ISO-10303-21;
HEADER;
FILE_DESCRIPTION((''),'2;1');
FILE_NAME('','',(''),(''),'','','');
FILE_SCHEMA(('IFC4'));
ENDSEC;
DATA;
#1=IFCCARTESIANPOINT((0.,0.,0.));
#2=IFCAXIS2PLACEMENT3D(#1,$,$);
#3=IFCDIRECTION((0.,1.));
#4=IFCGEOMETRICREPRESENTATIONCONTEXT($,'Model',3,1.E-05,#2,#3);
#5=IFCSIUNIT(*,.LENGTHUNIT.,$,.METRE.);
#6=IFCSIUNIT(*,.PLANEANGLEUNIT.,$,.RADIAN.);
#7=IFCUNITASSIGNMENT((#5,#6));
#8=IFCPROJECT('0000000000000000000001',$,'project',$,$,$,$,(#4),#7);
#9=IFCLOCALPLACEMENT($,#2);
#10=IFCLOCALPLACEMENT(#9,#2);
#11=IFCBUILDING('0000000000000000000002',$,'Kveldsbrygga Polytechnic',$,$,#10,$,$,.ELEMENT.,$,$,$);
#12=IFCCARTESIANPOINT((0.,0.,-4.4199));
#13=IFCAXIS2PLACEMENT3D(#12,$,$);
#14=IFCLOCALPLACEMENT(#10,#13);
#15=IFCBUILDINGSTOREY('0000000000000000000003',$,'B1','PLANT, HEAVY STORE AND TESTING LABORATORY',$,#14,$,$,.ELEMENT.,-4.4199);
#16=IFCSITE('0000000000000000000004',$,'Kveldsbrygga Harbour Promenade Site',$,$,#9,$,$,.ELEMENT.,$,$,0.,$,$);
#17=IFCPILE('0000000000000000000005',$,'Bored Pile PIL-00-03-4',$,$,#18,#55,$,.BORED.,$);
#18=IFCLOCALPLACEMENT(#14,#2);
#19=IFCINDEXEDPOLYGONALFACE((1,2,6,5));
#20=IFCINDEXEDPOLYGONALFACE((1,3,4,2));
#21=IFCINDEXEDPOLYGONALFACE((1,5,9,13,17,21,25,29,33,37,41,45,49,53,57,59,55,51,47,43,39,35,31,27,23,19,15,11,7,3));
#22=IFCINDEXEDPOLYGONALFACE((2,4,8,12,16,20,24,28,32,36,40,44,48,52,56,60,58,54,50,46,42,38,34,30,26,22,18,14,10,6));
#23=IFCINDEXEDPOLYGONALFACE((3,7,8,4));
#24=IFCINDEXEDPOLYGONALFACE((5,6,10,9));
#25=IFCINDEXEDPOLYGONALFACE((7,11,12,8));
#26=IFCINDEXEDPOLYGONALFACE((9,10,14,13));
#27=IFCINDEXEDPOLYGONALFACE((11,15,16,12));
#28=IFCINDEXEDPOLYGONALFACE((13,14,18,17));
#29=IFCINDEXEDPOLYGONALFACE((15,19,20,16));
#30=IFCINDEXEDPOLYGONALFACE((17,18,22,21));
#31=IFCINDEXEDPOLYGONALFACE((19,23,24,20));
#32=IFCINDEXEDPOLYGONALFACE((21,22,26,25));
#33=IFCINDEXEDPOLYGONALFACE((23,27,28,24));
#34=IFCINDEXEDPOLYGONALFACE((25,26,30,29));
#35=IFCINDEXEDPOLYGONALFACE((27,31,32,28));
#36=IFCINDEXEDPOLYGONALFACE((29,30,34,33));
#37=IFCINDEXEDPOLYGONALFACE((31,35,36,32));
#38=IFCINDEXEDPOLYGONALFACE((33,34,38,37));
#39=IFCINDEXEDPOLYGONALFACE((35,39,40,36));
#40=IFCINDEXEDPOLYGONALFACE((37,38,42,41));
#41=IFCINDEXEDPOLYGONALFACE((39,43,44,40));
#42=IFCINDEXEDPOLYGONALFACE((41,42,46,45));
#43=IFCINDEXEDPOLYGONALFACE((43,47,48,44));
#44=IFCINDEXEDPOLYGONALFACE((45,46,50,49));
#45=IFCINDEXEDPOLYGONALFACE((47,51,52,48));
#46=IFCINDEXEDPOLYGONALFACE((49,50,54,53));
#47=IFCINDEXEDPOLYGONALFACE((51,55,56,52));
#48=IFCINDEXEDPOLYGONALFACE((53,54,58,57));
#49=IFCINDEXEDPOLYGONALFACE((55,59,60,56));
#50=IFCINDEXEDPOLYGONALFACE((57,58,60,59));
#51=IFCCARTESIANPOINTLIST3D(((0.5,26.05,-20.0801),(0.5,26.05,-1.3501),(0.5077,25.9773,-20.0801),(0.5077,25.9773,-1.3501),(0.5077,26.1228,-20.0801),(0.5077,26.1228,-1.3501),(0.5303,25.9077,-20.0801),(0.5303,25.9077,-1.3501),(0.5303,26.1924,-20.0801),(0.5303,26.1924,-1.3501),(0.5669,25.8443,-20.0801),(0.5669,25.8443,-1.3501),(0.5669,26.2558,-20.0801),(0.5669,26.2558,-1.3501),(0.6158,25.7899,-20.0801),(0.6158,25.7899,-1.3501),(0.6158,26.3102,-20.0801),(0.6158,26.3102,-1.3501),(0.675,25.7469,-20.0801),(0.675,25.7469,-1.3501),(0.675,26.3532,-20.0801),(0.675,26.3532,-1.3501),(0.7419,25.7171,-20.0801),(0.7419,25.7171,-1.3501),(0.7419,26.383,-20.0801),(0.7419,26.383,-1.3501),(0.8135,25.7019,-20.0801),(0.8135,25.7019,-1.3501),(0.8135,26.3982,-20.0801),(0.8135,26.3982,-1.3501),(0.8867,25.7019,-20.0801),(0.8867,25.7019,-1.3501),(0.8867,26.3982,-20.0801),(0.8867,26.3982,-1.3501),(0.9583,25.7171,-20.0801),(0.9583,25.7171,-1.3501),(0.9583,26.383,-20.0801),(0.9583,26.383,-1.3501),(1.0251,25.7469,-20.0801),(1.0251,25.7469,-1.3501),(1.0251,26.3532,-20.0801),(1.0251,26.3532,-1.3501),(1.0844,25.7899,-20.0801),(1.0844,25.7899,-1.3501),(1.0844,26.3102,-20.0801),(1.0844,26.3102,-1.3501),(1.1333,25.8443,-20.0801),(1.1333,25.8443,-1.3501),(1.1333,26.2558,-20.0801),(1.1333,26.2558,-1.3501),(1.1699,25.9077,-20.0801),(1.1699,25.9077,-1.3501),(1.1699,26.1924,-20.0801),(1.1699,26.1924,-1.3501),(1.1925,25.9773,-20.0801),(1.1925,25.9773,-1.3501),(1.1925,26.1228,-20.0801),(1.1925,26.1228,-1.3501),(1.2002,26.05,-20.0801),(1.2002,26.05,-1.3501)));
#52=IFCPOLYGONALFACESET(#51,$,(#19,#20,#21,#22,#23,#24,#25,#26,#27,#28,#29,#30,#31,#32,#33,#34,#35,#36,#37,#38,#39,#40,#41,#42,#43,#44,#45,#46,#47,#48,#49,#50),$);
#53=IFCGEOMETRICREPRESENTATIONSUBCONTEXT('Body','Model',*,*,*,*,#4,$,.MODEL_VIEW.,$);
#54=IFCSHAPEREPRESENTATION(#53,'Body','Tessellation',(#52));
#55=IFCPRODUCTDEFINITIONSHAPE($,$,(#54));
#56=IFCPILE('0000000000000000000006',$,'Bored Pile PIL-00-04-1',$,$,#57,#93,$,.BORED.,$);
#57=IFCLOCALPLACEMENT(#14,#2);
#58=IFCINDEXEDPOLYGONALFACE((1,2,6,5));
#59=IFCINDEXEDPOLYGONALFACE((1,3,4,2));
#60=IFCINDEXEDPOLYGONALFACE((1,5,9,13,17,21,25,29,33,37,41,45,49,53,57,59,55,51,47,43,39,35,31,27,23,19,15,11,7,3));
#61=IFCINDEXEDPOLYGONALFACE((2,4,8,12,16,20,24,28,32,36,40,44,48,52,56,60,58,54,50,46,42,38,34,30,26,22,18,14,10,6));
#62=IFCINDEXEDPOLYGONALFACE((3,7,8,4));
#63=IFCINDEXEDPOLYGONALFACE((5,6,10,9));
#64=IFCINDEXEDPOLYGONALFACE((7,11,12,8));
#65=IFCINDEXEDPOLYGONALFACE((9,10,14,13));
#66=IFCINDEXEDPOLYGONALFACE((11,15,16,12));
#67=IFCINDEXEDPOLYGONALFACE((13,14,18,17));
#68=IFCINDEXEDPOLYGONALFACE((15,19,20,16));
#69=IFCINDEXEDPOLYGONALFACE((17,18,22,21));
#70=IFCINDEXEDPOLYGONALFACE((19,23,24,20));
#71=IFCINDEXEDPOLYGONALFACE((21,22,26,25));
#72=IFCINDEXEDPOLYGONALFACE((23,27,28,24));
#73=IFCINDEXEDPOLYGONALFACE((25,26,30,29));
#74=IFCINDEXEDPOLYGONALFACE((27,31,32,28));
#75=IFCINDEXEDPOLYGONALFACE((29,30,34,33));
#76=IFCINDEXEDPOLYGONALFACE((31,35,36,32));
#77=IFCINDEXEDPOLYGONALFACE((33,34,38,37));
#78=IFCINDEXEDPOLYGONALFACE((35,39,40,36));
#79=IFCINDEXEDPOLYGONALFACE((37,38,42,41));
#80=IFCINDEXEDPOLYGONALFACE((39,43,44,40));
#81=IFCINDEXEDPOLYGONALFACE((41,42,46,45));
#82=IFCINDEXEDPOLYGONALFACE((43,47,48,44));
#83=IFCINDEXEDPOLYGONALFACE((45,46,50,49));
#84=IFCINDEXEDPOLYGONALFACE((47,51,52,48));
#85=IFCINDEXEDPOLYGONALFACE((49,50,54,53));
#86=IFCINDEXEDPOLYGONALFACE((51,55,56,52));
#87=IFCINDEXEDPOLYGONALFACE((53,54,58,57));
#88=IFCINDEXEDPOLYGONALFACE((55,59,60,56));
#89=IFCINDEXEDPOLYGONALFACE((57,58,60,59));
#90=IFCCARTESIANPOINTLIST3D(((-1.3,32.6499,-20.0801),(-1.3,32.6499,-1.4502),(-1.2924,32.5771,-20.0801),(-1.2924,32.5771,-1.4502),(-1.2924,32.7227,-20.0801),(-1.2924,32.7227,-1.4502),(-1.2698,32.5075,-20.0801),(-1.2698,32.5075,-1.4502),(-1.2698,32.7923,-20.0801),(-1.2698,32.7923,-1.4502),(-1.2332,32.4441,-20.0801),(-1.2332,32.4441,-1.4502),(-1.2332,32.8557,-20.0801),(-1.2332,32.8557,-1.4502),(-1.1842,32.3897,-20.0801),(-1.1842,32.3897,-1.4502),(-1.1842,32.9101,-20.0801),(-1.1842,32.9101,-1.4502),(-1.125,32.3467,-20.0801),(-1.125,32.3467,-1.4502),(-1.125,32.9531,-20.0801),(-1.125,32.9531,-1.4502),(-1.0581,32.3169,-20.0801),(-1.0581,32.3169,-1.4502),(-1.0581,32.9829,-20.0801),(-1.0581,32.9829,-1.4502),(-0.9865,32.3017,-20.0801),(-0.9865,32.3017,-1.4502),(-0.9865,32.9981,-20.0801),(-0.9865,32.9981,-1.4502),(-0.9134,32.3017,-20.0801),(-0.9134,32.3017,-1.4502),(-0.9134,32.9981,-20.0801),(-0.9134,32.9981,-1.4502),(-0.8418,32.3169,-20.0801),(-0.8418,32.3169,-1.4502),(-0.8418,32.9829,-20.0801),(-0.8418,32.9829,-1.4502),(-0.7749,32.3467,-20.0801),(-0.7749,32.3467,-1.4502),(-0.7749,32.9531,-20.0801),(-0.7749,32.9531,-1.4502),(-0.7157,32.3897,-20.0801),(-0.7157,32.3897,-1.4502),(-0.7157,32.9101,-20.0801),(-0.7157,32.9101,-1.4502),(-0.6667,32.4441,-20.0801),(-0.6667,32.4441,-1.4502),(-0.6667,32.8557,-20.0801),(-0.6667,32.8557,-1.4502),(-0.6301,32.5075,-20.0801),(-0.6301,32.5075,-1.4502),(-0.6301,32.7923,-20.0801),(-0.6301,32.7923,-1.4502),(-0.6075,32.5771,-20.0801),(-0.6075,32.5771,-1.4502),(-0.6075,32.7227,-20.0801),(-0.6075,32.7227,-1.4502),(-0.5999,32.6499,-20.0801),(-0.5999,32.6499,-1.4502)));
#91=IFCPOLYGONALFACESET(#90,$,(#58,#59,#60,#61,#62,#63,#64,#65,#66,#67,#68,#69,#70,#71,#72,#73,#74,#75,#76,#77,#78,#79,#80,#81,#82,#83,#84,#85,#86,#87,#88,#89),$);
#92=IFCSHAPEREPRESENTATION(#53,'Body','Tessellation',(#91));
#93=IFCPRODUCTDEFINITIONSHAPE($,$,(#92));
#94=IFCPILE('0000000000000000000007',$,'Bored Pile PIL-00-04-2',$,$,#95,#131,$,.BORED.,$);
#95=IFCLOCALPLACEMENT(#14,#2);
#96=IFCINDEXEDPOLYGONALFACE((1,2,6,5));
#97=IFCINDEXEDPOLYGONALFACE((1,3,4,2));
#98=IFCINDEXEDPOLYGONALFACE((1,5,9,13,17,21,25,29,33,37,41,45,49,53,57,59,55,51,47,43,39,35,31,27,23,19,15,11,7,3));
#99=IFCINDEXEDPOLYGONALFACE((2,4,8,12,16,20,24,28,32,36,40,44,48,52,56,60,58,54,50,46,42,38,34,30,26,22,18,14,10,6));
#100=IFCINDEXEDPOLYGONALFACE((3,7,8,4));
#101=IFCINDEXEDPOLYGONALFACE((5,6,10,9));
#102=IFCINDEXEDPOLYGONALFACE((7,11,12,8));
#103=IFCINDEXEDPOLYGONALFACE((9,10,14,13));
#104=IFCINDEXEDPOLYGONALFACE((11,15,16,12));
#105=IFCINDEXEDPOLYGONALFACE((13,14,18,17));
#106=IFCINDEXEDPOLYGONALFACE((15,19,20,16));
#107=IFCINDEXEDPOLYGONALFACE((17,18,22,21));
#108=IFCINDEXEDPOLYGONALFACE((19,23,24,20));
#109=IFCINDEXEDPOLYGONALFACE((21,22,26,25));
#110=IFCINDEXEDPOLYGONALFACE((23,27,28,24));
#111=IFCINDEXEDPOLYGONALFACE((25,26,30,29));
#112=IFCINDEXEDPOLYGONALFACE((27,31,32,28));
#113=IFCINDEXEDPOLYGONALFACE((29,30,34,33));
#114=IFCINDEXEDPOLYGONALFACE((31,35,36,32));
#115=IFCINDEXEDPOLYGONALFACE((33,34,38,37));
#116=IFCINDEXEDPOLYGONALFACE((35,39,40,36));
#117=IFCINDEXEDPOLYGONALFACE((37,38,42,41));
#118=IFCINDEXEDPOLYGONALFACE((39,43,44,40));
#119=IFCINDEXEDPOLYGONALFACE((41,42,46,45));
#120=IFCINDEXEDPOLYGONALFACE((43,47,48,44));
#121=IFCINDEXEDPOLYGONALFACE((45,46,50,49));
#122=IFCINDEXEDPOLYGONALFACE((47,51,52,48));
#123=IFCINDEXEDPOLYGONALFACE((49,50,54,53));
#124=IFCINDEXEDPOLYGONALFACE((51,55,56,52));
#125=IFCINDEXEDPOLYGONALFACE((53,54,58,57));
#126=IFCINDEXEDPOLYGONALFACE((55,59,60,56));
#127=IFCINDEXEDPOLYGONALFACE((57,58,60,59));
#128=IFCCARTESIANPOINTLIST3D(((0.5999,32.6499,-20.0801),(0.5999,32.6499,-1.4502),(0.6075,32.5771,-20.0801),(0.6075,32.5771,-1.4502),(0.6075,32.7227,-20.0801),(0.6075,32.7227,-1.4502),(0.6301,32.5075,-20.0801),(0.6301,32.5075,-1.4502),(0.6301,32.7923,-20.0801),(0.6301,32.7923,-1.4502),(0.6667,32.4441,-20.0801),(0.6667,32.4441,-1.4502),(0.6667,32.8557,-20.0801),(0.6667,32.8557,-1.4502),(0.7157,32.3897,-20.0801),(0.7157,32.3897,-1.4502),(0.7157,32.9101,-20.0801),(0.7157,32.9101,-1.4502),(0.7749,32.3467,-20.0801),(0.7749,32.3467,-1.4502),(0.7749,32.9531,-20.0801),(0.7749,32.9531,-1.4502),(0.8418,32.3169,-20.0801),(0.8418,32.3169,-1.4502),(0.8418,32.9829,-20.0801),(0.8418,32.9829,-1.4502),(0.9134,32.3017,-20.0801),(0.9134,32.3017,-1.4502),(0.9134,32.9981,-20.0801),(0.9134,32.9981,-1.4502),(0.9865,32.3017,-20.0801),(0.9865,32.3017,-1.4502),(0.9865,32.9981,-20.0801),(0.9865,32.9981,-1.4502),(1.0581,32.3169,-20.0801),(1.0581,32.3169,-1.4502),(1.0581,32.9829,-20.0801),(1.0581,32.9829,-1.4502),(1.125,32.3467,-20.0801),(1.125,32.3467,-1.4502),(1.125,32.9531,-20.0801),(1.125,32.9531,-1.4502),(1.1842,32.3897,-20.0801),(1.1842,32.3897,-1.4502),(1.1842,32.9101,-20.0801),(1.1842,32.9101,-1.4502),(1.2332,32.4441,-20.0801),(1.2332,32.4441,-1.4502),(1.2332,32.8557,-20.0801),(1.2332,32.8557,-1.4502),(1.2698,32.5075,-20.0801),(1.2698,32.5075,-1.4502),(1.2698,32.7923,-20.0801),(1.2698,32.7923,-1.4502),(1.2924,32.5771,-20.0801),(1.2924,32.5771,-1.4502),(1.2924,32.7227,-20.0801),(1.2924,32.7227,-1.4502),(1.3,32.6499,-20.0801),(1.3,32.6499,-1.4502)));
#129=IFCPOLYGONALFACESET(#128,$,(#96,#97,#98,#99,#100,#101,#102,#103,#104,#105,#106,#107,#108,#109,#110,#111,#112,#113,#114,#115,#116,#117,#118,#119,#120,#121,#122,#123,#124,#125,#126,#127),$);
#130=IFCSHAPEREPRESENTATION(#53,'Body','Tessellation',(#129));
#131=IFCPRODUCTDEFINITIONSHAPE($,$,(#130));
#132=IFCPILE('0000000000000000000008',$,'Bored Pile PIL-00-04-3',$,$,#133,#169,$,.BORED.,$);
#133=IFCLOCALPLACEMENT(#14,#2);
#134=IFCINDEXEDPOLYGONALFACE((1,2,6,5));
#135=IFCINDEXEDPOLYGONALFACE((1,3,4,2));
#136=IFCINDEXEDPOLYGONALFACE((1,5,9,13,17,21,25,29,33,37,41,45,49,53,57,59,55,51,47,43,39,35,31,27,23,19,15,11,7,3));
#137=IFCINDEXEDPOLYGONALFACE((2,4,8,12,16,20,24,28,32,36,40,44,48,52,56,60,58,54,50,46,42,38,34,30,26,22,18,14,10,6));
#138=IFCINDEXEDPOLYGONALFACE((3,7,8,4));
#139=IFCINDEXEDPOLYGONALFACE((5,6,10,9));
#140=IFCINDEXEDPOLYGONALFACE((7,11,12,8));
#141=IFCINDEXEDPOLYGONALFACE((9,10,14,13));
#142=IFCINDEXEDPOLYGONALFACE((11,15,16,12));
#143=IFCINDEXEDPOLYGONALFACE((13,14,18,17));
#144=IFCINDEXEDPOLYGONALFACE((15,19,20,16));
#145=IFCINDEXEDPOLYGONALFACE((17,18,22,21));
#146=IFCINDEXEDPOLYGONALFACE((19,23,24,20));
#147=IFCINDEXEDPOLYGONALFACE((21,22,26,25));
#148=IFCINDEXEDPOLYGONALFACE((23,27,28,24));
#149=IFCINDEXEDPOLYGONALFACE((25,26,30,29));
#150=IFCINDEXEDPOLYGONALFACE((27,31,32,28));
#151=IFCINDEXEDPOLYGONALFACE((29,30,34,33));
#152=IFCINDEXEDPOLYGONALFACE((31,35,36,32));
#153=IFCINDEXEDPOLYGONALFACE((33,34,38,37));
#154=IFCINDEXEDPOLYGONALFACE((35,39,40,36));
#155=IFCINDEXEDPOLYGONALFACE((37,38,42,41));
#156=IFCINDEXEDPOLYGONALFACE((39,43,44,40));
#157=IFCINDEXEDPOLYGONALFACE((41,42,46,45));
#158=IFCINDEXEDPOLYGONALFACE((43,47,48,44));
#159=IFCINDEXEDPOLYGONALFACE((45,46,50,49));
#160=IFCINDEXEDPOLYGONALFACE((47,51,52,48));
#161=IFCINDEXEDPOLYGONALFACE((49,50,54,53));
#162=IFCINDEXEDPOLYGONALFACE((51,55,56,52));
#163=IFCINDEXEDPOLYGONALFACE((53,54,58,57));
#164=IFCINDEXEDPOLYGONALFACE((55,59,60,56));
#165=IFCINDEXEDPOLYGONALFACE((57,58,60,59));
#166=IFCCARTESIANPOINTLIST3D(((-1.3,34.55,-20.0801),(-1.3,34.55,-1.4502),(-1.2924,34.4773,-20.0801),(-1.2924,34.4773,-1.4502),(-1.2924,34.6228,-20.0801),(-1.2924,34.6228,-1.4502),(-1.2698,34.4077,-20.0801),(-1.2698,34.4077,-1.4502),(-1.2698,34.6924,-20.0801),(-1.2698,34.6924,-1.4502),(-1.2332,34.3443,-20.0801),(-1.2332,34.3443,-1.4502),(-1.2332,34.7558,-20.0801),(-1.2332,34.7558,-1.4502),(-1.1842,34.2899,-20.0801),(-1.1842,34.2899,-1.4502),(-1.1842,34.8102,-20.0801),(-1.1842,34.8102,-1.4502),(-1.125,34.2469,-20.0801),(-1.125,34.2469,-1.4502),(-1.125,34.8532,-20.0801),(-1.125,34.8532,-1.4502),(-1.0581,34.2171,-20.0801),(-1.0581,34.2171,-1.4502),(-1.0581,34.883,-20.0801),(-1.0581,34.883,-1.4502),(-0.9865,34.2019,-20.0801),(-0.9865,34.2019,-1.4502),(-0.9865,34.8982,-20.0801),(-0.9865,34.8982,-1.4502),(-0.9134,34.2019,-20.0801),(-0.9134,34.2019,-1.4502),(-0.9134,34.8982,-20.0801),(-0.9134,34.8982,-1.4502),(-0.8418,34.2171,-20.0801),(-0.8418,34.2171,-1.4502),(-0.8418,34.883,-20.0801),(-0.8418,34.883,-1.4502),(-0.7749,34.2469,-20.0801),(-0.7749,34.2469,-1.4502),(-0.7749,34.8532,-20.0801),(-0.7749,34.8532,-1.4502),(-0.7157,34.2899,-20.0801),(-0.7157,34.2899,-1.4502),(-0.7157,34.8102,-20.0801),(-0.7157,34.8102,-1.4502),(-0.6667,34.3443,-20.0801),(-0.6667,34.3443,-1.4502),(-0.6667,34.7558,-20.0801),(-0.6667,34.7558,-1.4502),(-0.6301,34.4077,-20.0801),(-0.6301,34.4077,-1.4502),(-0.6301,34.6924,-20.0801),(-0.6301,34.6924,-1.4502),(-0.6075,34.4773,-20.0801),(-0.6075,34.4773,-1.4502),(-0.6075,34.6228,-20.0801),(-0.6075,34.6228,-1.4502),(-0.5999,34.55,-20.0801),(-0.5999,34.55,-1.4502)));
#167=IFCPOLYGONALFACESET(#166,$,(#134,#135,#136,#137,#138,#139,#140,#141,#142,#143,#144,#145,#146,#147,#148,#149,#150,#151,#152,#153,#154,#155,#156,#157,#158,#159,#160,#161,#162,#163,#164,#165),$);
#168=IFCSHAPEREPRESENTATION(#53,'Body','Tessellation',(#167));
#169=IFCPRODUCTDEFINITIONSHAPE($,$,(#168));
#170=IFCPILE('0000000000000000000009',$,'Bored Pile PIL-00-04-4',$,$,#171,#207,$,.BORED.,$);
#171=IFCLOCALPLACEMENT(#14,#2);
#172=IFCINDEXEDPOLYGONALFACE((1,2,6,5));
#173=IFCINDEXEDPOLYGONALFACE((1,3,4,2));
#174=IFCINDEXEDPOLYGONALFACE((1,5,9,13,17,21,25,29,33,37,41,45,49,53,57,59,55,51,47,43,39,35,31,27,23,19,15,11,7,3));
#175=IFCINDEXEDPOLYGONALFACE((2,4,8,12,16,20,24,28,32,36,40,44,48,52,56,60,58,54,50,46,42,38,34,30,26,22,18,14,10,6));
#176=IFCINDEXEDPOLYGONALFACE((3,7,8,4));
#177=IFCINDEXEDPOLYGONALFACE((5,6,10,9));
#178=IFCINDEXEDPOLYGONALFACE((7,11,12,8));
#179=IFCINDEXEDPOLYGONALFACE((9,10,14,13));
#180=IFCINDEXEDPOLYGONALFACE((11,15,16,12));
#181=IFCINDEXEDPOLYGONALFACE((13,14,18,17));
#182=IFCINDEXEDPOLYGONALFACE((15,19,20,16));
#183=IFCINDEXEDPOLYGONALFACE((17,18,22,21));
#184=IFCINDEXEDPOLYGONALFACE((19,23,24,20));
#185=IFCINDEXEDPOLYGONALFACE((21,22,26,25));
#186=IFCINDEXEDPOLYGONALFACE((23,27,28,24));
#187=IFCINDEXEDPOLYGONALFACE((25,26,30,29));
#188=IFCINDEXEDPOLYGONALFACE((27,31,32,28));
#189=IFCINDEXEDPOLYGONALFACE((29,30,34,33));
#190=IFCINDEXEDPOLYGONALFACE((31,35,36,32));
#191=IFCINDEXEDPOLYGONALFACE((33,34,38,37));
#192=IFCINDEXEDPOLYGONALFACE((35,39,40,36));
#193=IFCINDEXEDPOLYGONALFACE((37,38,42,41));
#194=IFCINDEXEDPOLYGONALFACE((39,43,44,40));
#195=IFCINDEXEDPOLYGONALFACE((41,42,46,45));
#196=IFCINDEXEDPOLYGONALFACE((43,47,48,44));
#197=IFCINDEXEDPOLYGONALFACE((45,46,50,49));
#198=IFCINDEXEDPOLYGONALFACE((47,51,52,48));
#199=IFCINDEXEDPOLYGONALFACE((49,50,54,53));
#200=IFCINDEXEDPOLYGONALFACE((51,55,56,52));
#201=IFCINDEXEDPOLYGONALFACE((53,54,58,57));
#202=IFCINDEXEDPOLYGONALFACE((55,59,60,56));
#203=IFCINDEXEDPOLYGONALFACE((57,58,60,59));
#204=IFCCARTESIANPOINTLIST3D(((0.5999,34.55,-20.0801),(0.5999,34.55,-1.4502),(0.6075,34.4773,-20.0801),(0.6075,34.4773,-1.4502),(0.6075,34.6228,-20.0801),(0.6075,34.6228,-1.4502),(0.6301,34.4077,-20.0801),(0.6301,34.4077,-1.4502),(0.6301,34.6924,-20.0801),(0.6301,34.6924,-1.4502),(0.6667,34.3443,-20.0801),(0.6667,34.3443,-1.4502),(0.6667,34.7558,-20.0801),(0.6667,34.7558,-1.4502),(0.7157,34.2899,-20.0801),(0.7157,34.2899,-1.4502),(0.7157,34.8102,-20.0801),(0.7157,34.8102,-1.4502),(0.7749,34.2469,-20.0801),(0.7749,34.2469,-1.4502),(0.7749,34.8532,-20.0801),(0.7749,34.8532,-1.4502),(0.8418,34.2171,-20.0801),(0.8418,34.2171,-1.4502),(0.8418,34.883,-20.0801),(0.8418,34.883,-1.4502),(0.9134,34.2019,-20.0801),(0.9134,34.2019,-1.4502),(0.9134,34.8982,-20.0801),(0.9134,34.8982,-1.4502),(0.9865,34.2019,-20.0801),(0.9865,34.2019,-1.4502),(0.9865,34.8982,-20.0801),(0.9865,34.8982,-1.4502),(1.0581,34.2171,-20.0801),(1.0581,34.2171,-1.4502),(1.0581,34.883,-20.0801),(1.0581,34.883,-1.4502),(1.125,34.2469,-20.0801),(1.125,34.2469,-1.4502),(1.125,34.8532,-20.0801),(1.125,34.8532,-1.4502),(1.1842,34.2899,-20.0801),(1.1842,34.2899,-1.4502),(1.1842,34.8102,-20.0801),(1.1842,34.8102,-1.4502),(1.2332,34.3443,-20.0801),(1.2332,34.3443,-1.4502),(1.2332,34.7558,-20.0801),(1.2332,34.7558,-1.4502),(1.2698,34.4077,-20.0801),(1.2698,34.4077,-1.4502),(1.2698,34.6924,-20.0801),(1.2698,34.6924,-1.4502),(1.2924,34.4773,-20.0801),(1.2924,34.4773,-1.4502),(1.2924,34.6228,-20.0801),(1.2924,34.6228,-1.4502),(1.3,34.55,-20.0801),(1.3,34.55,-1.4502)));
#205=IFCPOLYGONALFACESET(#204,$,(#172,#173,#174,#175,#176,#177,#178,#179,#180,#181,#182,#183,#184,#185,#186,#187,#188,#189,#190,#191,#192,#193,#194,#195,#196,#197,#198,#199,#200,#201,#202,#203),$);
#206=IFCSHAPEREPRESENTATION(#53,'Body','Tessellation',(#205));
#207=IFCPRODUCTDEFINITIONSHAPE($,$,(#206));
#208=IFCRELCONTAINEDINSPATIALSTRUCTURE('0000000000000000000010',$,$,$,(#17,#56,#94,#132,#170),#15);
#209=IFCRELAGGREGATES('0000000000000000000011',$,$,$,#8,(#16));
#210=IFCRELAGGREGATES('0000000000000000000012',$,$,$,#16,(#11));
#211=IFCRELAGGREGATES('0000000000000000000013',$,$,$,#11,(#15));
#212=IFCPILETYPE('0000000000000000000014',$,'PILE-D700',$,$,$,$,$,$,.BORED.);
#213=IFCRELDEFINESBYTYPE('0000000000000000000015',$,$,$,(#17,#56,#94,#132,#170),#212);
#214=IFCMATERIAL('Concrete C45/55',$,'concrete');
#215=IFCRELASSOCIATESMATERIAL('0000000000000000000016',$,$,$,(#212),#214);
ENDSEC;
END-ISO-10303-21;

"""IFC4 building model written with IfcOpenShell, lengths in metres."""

from ifc_helpers import new_model, si_unit, direction, frame, origin, origin_2d, place, context, subcontext, project, spatial, circle, extrude, material, material_profile, profile_set, type_object, element, save


model = new_model("IFC4")

# Units and contexts
model_context = context("Model", 3, precision=1e-05, world=origin(), true_north=direction((0.0, 1.0)))
body_context = subcontext(model_context, "Body", "Model", "MODEL_VIEW")
ifc_project = project(units=[si_unit("LENGTHUNIT", "METRE"), si_unit("PLANEANGLEUNIT", "RADIAN")], contexts=[model_context])

# Site, building, storey
site_placement = place(None, origin())
site = spatial("IfcSite", under=ifc_project, at=site_placement, Name="Kveldsbrygga Harbour Promenade Site", CompositionType="ELEMENT", RefElevation=0.0)
building_placement = place(site_placement, origin())
building = spatial("IfcBuilding", under=site, at=building_placement, Name="Kveldsbrygga Polytechnic", CompositionType="ELEMENT")
storey_placement = place(building_placement, frame((0.0, 0.0, -4.4199)))
storey = spatial("IfcBuildingStorey", under=building, at=storey_placement, Name="B1", Description="PLANT, HEAVY STORE AND TESTING LABORATORY", CompositionType="ELEMENT", Elevation=-4.4199)

# Shared definitions
ifc_material_1 = material(Name="Concrete C45/55", Category="concrete")

# Piles
ifc_material_profile_1 = material_profile(ifc_material_1, circle(Radius=0.3501, at=origin_2d()), Name="PILE D700")
ifc_profile_set_1 = profile_set([ifc_material_profile_1], Name="Concrete C45/55")
pile_type_1 = type_object("IfcPileType", Name="PILE-D700", PredefinedType="BORED", material=ifc_profile_set_1)
for number, where, z_axis, x_axis, name in (
    (1, (0.8501, 26.05, -1.3501), (0.0, 0.0, -1.0), (1.0, 0.0, 0.0), "Bored Pile PIL-00-03-4"),
):
    element("IfcPile", number, at=place(storey_placement, frame(where, z_axis=z_axis, x_axis=x_axis)), inside=storey, type_object=pile_type_1, Name=name, PredefinedType="BORED", context=body_context, shape_type="SweptSolid", body=[
        extrude(circle(Radius=0.3501, at=origin_2d()), origin(), (0.0, 0.0, 1.0), 18.73),
    ])
for number, where, z_axis, x_axis, name in (
    (2, (-0.95, 32.6499, -1.4502), (0.0, 0.0, -1.0), (1.0, 0.0, 0.0), "Bored Pile PIL-00-04-1"),
    (3, (0.95, 32.6499, -1.4502), (0.0, 0.0, -1.0), (1.0, 0.0, 0.0), "Bored Pile PIL-00-04-2"),
    (4, (-0.95, 34.55, -1.4502), (0.0, 0.0, -1.0), (1.0, 0.0, 0.0), "Bored Pile PIL-00-04-3"),
    (5, (0.95, 34.55, -1.4502), (0.0, 0.0, -1.0), (1.0, 0.0, 0.0), "Bored Pile PIL-00-04-4"),
):
    element("IfcPile", number, at=place(storey_placement, frame(where, z_axis=z_axis, x_axis=x_axis)), inside=storey, type_object=pile_type_1, Name=name, PredefinedType="BORED", context=body_context, shape_type="SweptSolid", body=[
        extrude(circle(Radius=0.3501, at=origin_2d()), origin(), (0.0, 0.0, 1.0), 18.6299),
    ])

save(model, "model.ifc")
